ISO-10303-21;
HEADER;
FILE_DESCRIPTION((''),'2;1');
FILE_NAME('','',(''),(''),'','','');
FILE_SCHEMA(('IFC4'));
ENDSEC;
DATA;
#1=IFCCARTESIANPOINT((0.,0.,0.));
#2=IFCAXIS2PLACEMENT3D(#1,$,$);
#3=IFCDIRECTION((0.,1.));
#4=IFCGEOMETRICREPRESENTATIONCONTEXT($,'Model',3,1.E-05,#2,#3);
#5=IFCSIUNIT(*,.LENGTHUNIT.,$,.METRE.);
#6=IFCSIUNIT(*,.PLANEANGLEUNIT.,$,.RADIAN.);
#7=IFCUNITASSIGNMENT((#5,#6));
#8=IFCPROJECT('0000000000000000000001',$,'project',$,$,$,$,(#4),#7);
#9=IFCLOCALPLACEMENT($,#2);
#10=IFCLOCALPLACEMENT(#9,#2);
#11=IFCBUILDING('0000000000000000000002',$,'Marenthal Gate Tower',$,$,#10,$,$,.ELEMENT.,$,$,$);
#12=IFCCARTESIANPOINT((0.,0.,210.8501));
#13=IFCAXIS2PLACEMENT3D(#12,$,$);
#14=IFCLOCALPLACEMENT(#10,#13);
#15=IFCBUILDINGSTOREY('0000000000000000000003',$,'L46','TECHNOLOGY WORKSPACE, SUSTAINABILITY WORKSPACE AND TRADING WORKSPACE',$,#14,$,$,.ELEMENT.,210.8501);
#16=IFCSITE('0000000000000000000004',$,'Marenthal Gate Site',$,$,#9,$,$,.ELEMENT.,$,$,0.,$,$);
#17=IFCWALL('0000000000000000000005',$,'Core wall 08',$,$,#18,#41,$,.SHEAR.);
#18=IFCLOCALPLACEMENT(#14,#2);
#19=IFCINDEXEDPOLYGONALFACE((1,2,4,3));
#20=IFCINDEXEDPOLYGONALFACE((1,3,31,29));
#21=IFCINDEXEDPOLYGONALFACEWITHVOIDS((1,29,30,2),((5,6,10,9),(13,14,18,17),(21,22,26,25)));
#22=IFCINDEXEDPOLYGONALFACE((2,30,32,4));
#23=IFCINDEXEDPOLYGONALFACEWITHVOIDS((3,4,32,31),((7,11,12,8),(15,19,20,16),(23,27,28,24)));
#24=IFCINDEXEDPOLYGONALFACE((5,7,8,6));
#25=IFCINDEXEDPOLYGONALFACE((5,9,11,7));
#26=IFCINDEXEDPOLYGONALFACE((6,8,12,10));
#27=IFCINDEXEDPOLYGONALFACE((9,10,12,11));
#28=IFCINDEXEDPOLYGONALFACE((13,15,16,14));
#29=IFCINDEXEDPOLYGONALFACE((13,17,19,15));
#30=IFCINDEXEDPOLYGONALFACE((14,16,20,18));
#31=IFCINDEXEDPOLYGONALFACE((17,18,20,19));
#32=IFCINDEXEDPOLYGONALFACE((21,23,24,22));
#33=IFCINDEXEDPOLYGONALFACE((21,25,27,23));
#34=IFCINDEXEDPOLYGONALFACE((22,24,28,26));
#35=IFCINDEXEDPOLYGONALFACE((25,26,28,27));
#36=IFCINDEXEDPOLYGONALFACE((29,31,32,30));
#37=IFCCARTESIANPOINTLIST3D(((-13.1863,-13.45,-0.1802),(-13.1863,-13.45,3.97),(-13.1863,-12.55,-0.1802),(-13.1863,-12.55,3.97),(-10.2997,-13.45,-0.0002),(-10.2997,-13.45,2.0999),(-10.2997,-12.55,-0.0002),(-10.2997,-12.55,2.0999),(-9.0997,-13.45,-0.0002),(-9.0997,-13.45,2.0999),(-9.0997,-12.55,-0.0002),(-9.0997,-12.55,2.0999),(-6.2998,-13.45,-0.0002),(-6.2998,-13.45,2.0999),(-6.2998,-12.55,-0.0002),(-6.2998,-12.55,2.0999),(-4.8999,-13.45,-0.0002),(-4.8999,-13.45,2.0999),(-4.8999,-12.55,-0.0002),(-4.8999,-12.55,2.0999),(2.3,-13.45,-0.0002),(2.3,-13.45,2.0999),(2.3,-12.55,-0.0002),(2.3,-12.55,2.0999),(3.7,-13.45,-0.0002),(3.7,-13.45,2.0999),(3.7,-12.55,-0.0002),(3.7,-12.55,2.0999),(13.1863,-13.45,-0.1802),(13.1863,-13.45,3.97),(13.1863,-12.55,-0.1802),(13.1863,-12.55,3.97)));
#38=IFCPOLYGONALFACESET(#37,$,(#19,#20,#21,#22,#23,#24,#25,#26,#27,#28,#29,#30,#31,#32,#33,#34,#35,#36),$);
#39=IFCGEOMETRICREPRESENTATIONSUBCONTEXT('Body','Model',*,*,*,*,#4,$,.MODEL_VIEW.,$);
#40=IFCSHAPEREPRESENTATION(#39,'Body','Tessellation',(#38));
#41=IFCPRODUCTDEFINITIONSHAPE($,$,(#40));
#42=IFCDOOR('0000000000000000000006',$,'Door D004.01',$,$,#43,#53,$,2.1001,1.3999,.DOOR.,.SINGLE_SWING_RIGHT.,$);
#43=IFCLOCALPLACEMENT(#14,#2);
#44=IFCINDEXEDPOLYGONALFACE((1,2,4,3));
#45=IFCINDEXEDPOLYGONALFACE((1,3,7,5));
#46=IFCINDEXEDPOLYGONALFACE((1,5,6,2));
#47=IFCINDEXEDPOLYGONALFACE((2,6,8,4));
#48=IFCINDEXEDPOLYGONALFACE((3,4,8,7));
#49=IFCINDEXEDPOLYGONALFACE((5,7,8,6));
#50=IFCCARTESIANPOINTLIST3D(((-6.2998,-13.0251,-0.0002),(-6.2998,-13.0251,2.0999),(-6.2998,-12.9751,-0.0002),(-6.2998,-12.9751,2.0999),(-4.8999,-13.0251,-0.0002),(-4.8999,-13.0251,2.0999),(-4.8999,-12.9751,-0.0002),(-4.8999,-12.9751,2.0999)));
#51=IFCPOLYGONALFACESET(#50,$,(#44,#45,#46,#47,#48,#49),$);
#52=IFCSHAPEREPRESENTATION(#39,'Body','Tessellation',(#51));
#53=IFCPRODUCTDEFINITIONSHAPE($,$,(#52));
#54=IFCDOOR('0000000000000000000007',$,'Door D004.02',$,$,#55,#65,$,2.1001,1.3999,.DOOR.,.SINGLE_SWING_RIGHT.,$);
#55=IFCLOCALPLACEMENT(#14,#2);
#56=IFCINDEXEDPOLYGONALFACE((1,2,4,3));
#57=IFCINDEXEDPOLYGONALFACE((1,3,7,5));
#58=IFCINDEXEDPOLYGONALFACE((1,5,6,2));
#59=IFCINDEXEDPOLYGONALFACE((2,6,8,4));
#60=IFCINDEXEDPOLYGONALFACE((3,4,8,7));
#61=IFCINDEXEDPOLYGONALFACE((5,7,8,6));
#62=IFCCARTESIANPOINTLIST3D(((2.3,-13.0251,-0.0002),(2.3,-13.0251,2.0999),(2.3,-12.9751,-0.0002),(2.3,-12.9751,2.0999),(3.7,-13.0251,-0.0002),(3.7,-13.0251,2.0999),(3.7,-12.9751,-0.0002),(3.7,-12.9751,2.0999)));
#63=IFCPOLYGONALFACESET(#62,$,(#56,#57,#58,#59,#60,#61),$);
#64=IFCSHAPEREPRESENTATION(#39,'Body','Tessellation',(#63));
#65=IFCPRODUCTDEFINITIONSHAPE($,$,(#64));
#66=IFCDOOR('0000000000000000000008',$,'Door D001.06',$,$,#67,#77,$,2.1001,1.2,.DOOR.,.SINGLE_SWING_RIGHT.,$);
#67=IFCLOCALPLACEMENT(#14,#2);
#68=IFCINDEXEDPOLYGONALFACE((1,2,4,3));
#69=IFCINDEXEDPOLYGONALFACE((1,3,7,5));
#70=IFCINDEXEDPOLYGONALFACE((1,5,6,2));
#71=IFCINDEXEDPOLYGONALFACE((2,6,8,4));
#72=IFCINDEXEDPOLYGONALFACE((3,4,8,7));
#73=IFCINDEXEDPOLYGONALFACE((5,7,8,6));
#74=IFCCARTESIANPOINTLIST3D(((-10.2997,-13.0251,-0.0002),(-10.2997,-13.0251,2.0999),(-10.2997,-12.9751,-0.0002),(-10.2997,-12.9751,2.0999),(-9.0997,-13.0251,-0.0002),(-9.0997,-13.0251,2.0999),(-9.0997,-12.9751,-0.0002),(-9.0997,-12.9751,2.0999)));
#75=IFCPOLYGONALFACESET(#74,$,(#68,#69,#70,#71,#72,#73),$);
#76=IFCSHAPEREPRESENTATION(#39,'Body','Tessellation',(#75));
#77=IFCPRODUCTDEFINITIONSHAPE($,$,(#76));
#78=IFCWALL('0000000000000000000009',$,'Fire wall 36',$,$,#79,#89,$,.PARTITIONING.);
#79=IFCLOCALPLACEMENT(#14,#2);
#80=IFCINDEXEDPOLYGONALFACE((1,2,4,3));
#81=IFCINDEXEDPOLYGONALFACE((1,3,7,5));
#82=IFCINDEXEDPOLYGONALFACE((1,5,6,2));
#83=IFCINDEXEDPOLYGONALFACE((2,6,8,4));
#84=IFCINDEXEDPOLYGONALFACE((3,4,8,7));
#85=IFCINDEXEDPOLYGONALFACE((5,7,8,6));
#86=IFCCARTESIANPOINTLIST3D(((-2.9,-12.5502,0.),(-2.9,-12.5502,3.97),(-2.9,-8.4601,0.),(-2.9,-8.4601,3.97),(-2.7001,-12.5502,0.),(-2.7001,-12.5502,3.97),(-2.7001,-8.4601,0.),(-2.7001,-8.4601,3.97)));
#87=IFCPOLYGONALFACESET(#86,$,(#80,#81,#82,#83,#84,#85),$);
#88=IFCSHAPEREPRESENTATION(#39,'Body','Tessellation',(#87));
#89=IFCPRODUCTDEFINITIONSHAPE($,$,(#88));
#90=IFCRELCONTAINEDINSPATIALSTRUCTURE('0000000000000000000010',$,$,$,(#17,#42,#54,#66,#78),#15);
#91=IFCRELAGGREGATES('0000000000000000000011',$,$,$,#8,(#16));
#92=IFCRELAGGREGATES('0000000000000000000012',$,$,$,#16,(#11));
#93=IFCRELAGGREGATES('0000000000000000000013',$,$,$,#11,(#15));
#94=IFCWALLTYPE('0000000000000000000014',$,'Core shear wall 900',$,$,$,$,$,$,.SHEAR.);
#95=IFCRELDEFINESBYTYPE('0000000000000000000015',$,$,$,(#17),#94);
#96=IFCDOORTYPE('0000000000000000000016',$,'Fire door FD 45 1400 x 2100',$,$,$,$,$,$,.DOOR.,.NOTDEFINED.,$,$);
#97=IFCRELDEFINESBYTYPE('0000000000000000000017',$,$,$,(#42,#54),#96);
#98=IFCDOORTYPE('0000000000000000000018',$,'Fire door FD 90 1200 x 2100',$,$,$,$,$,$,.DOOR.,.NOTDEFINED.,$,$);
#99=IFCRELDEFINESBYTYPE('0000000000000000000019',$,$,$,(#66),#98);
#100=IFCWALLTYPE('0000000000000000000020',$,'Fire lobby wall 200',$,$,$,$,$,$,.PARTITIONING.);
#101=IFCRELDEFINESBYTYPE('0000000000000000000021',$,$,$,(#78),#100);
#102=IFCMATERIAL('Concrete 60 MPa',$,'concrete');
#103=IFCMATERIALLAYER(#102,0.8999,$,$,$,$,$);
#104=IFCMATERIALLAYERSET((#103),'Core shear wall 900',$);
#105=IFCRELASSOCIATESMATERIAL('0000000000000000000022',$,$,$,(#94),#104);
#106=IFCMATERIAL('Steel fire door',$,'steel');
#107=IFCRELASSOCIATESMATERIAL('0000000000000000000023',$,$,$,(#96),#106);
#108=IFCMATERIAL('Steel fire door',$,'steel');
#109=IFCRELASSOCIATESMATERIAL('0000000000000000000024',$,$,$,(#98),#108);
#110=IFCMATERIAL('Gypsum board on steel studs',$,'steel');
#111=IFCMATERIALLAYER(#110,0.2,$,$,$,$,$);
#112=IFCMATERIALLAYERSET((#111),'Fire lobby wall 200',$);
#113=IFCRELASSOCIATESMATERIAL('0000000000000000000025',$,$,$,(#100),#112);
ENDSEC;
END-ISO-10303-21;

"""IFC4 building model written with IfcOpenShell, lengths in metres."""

from ifc_helpers import new_model, si_unit, direction, frame, frame_2d, origin, place, context, subcontext, project, spatial, rectangle, extrude, material, layer, layer_set, type_object, element, fill, save


model = new_model("IFC4")

# Units and contexts
model_context = context("Model", 3, precision=1e-05, world=origin(), true_north=direction((0.0, 1.0)))
body_context = subcontext(model_context, "Body", "Model", "MODEL_VIEW")
ifc_project = project(units=[si_unit("LENGTHUNIT", "METRE"), si_unit("PLANEANGLEUNIT", "RADIAN")], contexts=[model_context])

# Site, building, storey
site_placement = place(None, origin())
site = spatial("IfcSite", under=ifc_project, at=site_placement, Name="Marenthal Gate Site", CompositionType="ELEMENT", RefElevation=0.0)
building_placement = place(site_placement, origin())
building = spatial("IfcBuilding", under=site, at=building_placement, Name="Marenthal Gate Tower", CompositionType="ELEMENT")
storey_placement = place(building_placement, frame((0.0, 0.0, 210.8501)))
storey = spatial("IfcBuildingStorey", under=building, at=storey_placement, Name="L46", Description="TECHNOLOGY WORKSPACE, SUSTAINABILITY WORKSPACE AND TRADING WORKSPACE", CompositionType="ELEMENT", Elevation=210.8501)

# Wall, openings, doors
ifc_material_1 = material(Name="Concrete 60 MPa", Category="concrete")
ifc_layer_1 = layer(ifc_material_1, 0.8999)
ifc_layer_set_1 = layer_set([ifc_layer_1], Name="Core shear wall 900")
wall_type_1 = type_object("IfcWallType", Name="Core shear wall 900", PredefinedType="SHEAR", material=ifc_layer_set_1)
wall_1_placement = place(storey_placement, frame((-13.1863, -13.0, -0.1802), z_axis=(0.0, 0.0, 1.0), x_axis=(1.0, 0.0, 0.0)))
wall_1 = element("IfcWall", 1, at=wall_1_placement, inside=storey, type_object=wall_type_1, Name="Core wall 08", PredefinedType="SHEAR", context=body_context, shape_type="SweptSolid", body=[
    extrude(rectangle(XDim=26.3726, YDim=0.8999, at=frame_2d((13.1863, 0.0))), origin(), (0.0, 0.0, 1.0), 4.1501),
])
opening_1_placement = place(wall_1_placement, frame((2.8865, 0.0, 0.1799)))
opening_1 = element("IfcOpeningElement", 2, at=opening_1_placement, cuts=wall_1, PredefinedType="OPENING", context=body_context, shape_type="SweptSolid", body=[
    extrude(rectangle(XDim=1.2, YDim=2.1001, at=frame_2d((0.6001, 1.05))), frame((0.0, 0.46, 0.0), z_axis=(0.0, -1.0, 0.0), x_axis=(1.0, 0.0, 0.0)), (0.0, 0.0, 1.0), 0.9199),
])
opening_2_placement = place(wall_1_placement, frame((6.8865, 0.0, 0.1799)))
opening_2 = element("IfcOpeningElement", 3, at=opening_2_placement, cuts=wall_1, PredefinedType="OPENING", context=body_context, shape_type="SweptSolid", body=[
    extrude(rectangle(XDim=1.3999, YDim=2.1001, at=frame_2d((0.7, 1.05))), frame((0.0, 0.46, 0.0), z_axis=(0.0, -1.0, 0.0), x_axis=(1.0, 0.0, 0.0)), (0.0, 0.0, 1.0), 0.9199),
])
opening_3_placement = place(wall_1_placement, frame((15.4863, 0.0, 0.1799)))
opening_3 = element("IfcOpeningElement", 4, at=opening_3_placement, cuts=wall_1, PredefinedType="OPENING", context=body_context, shape_type="SweptSolid", body=[
    extrude(rectangle(XDim=1.3999, YDim=2.1001, at=frame_2d((0.7, 1.05))), frame((0.0, 0.46, 0.0), z_axis=(0.0, -1.0, 0.0), x_axis=(1.0, 0.0, 0.0)), (0.0, 0.0, 1.0), 0.9199),
])
ifc_material_2 = material(Name="Steel fire door", Category="steel")
door_type_1 = type_object("IfcDoorType", Name="Fire door FD 45 1400 x 2100", OperationType="NOTDEFINED", PredefinedType="DOOR", material=ifc_material_2)
door_1_placement = place(opening_2_placement, origin())
door_1 = element("IfcDoor", 5, at=door_1_placement, inside=storey, type_object=door_type_1, Name="Door D004.01", OperationType="SINGLE_SWING_RIGHT", OverallHeight=2.1001, OverallWidth=1.3999, PredefinedType="DOOR", context=body_context, shape_type="SweptSolid", body=[
    extrude(rectangle(XDim=1.3999, YDim=2.1001, at=frame_2d((0.7, 1.05))), frame((0.0, 0.0249, 0.0), z_axis=(0.0, -1.0, 0.0), x_axis=(1.0, 0.0, 0.0)), (0.0, 0.0, 1.0), 0.05),
])
fill(opening_2, door_1)
door_2_placement = place(opening_3_placement, origin())
door_2 = element("IfcDoor", 6, at=door_2_placement, inside=storey, type_object=door_type_1, Name="Door D004.02", OperationType="SINGLE_SWING_RIGHT", OverallHeight=2.1001, OverallWidth=1.3999, PredefinedType="DOOR", context=body_context, shape_type="SweptSolid", body=[
    extrude(rectangle(XDim=1.3999, YDim=2.1001, at=frame_2d((0.7, 1.05))), frame((0.0, 0.0249, 0.0), z_axis=(0.0, -1.0, 0.0), x_axis=(1.0, 0.0, 0.0)), (0.0, 0.0, 1.0), 0.05),
])
fill(opening_3, door_2)
ifc_material_3 = material(Name="Steel fire door", Category="steel")
door_type_2 = type_object("IfcDoorType", Name="Fire door FD 90 1200 x 2100", OperationType="NOTDEFINED", PredefinedType="DOOR", material=ifc_material_3)
door_3_placement = place(opening_1_placement, origin())
door_3 = element("IfcDoor", 7, at=door_3_placement, inside=storey, type_object=door_type_2, Name="Door D001.06", OperationType="SINGLE_SWING_RIGHT", OverallHeight=2.1001, OverallWidth=1.2, PredefinedType="DOOR", context=body_context, shape_type="SweptSolid", body=[
    extrude(rectangle(XDim=1.2, YDim=2.1001, at=frame_2d((0.6001, 1.05))), frame((0.0, 0.0249, 0.0), z_axis=(0.0, -1.0, 0.0), x_axis=(1.0, 0.0, 0.0)), (0.0, 0.0, 1.0), 0.05),
])
fill(opening_1, door_3)

# Wall
ifc_material_4 = material(Name="Gypsum board on steel studs", Category="steel")
ifc_layer_2 = layer(ifc_material_4, 0.2)
ifc_layer_set_2 = layer_set([ifc_layer_2], Name="Fire lobby wall 200")
wall_type_2 = type_object("IfcWallType", Name="Fire lobby wall 200", PredefinedType="PARTITIONING", material=ifc_layer_set_2)
wall_2_placement = place(storey_placement, frame((-2.8, -12.55, 0.0), z_axis=(0.0, 0.0, 1.0), x_axis=(0.0, 1.0, 0.0)))
element("IfcWall", 8, at=wall_2_placement, inside=storey, type_object=wall_type_2, Name="Fire wall 36", PredefinedType="PARTITIONING", context=body_context, shape_type="SweptSolid", body=[
    extrude(rectangle(XDim=4.0901, YDim=0.2, at=frame_2d((2.0449, 0.0))), origin(), (0.0, 0.0, 1.0), 3.97),
])

save(model, "model.ifc")
